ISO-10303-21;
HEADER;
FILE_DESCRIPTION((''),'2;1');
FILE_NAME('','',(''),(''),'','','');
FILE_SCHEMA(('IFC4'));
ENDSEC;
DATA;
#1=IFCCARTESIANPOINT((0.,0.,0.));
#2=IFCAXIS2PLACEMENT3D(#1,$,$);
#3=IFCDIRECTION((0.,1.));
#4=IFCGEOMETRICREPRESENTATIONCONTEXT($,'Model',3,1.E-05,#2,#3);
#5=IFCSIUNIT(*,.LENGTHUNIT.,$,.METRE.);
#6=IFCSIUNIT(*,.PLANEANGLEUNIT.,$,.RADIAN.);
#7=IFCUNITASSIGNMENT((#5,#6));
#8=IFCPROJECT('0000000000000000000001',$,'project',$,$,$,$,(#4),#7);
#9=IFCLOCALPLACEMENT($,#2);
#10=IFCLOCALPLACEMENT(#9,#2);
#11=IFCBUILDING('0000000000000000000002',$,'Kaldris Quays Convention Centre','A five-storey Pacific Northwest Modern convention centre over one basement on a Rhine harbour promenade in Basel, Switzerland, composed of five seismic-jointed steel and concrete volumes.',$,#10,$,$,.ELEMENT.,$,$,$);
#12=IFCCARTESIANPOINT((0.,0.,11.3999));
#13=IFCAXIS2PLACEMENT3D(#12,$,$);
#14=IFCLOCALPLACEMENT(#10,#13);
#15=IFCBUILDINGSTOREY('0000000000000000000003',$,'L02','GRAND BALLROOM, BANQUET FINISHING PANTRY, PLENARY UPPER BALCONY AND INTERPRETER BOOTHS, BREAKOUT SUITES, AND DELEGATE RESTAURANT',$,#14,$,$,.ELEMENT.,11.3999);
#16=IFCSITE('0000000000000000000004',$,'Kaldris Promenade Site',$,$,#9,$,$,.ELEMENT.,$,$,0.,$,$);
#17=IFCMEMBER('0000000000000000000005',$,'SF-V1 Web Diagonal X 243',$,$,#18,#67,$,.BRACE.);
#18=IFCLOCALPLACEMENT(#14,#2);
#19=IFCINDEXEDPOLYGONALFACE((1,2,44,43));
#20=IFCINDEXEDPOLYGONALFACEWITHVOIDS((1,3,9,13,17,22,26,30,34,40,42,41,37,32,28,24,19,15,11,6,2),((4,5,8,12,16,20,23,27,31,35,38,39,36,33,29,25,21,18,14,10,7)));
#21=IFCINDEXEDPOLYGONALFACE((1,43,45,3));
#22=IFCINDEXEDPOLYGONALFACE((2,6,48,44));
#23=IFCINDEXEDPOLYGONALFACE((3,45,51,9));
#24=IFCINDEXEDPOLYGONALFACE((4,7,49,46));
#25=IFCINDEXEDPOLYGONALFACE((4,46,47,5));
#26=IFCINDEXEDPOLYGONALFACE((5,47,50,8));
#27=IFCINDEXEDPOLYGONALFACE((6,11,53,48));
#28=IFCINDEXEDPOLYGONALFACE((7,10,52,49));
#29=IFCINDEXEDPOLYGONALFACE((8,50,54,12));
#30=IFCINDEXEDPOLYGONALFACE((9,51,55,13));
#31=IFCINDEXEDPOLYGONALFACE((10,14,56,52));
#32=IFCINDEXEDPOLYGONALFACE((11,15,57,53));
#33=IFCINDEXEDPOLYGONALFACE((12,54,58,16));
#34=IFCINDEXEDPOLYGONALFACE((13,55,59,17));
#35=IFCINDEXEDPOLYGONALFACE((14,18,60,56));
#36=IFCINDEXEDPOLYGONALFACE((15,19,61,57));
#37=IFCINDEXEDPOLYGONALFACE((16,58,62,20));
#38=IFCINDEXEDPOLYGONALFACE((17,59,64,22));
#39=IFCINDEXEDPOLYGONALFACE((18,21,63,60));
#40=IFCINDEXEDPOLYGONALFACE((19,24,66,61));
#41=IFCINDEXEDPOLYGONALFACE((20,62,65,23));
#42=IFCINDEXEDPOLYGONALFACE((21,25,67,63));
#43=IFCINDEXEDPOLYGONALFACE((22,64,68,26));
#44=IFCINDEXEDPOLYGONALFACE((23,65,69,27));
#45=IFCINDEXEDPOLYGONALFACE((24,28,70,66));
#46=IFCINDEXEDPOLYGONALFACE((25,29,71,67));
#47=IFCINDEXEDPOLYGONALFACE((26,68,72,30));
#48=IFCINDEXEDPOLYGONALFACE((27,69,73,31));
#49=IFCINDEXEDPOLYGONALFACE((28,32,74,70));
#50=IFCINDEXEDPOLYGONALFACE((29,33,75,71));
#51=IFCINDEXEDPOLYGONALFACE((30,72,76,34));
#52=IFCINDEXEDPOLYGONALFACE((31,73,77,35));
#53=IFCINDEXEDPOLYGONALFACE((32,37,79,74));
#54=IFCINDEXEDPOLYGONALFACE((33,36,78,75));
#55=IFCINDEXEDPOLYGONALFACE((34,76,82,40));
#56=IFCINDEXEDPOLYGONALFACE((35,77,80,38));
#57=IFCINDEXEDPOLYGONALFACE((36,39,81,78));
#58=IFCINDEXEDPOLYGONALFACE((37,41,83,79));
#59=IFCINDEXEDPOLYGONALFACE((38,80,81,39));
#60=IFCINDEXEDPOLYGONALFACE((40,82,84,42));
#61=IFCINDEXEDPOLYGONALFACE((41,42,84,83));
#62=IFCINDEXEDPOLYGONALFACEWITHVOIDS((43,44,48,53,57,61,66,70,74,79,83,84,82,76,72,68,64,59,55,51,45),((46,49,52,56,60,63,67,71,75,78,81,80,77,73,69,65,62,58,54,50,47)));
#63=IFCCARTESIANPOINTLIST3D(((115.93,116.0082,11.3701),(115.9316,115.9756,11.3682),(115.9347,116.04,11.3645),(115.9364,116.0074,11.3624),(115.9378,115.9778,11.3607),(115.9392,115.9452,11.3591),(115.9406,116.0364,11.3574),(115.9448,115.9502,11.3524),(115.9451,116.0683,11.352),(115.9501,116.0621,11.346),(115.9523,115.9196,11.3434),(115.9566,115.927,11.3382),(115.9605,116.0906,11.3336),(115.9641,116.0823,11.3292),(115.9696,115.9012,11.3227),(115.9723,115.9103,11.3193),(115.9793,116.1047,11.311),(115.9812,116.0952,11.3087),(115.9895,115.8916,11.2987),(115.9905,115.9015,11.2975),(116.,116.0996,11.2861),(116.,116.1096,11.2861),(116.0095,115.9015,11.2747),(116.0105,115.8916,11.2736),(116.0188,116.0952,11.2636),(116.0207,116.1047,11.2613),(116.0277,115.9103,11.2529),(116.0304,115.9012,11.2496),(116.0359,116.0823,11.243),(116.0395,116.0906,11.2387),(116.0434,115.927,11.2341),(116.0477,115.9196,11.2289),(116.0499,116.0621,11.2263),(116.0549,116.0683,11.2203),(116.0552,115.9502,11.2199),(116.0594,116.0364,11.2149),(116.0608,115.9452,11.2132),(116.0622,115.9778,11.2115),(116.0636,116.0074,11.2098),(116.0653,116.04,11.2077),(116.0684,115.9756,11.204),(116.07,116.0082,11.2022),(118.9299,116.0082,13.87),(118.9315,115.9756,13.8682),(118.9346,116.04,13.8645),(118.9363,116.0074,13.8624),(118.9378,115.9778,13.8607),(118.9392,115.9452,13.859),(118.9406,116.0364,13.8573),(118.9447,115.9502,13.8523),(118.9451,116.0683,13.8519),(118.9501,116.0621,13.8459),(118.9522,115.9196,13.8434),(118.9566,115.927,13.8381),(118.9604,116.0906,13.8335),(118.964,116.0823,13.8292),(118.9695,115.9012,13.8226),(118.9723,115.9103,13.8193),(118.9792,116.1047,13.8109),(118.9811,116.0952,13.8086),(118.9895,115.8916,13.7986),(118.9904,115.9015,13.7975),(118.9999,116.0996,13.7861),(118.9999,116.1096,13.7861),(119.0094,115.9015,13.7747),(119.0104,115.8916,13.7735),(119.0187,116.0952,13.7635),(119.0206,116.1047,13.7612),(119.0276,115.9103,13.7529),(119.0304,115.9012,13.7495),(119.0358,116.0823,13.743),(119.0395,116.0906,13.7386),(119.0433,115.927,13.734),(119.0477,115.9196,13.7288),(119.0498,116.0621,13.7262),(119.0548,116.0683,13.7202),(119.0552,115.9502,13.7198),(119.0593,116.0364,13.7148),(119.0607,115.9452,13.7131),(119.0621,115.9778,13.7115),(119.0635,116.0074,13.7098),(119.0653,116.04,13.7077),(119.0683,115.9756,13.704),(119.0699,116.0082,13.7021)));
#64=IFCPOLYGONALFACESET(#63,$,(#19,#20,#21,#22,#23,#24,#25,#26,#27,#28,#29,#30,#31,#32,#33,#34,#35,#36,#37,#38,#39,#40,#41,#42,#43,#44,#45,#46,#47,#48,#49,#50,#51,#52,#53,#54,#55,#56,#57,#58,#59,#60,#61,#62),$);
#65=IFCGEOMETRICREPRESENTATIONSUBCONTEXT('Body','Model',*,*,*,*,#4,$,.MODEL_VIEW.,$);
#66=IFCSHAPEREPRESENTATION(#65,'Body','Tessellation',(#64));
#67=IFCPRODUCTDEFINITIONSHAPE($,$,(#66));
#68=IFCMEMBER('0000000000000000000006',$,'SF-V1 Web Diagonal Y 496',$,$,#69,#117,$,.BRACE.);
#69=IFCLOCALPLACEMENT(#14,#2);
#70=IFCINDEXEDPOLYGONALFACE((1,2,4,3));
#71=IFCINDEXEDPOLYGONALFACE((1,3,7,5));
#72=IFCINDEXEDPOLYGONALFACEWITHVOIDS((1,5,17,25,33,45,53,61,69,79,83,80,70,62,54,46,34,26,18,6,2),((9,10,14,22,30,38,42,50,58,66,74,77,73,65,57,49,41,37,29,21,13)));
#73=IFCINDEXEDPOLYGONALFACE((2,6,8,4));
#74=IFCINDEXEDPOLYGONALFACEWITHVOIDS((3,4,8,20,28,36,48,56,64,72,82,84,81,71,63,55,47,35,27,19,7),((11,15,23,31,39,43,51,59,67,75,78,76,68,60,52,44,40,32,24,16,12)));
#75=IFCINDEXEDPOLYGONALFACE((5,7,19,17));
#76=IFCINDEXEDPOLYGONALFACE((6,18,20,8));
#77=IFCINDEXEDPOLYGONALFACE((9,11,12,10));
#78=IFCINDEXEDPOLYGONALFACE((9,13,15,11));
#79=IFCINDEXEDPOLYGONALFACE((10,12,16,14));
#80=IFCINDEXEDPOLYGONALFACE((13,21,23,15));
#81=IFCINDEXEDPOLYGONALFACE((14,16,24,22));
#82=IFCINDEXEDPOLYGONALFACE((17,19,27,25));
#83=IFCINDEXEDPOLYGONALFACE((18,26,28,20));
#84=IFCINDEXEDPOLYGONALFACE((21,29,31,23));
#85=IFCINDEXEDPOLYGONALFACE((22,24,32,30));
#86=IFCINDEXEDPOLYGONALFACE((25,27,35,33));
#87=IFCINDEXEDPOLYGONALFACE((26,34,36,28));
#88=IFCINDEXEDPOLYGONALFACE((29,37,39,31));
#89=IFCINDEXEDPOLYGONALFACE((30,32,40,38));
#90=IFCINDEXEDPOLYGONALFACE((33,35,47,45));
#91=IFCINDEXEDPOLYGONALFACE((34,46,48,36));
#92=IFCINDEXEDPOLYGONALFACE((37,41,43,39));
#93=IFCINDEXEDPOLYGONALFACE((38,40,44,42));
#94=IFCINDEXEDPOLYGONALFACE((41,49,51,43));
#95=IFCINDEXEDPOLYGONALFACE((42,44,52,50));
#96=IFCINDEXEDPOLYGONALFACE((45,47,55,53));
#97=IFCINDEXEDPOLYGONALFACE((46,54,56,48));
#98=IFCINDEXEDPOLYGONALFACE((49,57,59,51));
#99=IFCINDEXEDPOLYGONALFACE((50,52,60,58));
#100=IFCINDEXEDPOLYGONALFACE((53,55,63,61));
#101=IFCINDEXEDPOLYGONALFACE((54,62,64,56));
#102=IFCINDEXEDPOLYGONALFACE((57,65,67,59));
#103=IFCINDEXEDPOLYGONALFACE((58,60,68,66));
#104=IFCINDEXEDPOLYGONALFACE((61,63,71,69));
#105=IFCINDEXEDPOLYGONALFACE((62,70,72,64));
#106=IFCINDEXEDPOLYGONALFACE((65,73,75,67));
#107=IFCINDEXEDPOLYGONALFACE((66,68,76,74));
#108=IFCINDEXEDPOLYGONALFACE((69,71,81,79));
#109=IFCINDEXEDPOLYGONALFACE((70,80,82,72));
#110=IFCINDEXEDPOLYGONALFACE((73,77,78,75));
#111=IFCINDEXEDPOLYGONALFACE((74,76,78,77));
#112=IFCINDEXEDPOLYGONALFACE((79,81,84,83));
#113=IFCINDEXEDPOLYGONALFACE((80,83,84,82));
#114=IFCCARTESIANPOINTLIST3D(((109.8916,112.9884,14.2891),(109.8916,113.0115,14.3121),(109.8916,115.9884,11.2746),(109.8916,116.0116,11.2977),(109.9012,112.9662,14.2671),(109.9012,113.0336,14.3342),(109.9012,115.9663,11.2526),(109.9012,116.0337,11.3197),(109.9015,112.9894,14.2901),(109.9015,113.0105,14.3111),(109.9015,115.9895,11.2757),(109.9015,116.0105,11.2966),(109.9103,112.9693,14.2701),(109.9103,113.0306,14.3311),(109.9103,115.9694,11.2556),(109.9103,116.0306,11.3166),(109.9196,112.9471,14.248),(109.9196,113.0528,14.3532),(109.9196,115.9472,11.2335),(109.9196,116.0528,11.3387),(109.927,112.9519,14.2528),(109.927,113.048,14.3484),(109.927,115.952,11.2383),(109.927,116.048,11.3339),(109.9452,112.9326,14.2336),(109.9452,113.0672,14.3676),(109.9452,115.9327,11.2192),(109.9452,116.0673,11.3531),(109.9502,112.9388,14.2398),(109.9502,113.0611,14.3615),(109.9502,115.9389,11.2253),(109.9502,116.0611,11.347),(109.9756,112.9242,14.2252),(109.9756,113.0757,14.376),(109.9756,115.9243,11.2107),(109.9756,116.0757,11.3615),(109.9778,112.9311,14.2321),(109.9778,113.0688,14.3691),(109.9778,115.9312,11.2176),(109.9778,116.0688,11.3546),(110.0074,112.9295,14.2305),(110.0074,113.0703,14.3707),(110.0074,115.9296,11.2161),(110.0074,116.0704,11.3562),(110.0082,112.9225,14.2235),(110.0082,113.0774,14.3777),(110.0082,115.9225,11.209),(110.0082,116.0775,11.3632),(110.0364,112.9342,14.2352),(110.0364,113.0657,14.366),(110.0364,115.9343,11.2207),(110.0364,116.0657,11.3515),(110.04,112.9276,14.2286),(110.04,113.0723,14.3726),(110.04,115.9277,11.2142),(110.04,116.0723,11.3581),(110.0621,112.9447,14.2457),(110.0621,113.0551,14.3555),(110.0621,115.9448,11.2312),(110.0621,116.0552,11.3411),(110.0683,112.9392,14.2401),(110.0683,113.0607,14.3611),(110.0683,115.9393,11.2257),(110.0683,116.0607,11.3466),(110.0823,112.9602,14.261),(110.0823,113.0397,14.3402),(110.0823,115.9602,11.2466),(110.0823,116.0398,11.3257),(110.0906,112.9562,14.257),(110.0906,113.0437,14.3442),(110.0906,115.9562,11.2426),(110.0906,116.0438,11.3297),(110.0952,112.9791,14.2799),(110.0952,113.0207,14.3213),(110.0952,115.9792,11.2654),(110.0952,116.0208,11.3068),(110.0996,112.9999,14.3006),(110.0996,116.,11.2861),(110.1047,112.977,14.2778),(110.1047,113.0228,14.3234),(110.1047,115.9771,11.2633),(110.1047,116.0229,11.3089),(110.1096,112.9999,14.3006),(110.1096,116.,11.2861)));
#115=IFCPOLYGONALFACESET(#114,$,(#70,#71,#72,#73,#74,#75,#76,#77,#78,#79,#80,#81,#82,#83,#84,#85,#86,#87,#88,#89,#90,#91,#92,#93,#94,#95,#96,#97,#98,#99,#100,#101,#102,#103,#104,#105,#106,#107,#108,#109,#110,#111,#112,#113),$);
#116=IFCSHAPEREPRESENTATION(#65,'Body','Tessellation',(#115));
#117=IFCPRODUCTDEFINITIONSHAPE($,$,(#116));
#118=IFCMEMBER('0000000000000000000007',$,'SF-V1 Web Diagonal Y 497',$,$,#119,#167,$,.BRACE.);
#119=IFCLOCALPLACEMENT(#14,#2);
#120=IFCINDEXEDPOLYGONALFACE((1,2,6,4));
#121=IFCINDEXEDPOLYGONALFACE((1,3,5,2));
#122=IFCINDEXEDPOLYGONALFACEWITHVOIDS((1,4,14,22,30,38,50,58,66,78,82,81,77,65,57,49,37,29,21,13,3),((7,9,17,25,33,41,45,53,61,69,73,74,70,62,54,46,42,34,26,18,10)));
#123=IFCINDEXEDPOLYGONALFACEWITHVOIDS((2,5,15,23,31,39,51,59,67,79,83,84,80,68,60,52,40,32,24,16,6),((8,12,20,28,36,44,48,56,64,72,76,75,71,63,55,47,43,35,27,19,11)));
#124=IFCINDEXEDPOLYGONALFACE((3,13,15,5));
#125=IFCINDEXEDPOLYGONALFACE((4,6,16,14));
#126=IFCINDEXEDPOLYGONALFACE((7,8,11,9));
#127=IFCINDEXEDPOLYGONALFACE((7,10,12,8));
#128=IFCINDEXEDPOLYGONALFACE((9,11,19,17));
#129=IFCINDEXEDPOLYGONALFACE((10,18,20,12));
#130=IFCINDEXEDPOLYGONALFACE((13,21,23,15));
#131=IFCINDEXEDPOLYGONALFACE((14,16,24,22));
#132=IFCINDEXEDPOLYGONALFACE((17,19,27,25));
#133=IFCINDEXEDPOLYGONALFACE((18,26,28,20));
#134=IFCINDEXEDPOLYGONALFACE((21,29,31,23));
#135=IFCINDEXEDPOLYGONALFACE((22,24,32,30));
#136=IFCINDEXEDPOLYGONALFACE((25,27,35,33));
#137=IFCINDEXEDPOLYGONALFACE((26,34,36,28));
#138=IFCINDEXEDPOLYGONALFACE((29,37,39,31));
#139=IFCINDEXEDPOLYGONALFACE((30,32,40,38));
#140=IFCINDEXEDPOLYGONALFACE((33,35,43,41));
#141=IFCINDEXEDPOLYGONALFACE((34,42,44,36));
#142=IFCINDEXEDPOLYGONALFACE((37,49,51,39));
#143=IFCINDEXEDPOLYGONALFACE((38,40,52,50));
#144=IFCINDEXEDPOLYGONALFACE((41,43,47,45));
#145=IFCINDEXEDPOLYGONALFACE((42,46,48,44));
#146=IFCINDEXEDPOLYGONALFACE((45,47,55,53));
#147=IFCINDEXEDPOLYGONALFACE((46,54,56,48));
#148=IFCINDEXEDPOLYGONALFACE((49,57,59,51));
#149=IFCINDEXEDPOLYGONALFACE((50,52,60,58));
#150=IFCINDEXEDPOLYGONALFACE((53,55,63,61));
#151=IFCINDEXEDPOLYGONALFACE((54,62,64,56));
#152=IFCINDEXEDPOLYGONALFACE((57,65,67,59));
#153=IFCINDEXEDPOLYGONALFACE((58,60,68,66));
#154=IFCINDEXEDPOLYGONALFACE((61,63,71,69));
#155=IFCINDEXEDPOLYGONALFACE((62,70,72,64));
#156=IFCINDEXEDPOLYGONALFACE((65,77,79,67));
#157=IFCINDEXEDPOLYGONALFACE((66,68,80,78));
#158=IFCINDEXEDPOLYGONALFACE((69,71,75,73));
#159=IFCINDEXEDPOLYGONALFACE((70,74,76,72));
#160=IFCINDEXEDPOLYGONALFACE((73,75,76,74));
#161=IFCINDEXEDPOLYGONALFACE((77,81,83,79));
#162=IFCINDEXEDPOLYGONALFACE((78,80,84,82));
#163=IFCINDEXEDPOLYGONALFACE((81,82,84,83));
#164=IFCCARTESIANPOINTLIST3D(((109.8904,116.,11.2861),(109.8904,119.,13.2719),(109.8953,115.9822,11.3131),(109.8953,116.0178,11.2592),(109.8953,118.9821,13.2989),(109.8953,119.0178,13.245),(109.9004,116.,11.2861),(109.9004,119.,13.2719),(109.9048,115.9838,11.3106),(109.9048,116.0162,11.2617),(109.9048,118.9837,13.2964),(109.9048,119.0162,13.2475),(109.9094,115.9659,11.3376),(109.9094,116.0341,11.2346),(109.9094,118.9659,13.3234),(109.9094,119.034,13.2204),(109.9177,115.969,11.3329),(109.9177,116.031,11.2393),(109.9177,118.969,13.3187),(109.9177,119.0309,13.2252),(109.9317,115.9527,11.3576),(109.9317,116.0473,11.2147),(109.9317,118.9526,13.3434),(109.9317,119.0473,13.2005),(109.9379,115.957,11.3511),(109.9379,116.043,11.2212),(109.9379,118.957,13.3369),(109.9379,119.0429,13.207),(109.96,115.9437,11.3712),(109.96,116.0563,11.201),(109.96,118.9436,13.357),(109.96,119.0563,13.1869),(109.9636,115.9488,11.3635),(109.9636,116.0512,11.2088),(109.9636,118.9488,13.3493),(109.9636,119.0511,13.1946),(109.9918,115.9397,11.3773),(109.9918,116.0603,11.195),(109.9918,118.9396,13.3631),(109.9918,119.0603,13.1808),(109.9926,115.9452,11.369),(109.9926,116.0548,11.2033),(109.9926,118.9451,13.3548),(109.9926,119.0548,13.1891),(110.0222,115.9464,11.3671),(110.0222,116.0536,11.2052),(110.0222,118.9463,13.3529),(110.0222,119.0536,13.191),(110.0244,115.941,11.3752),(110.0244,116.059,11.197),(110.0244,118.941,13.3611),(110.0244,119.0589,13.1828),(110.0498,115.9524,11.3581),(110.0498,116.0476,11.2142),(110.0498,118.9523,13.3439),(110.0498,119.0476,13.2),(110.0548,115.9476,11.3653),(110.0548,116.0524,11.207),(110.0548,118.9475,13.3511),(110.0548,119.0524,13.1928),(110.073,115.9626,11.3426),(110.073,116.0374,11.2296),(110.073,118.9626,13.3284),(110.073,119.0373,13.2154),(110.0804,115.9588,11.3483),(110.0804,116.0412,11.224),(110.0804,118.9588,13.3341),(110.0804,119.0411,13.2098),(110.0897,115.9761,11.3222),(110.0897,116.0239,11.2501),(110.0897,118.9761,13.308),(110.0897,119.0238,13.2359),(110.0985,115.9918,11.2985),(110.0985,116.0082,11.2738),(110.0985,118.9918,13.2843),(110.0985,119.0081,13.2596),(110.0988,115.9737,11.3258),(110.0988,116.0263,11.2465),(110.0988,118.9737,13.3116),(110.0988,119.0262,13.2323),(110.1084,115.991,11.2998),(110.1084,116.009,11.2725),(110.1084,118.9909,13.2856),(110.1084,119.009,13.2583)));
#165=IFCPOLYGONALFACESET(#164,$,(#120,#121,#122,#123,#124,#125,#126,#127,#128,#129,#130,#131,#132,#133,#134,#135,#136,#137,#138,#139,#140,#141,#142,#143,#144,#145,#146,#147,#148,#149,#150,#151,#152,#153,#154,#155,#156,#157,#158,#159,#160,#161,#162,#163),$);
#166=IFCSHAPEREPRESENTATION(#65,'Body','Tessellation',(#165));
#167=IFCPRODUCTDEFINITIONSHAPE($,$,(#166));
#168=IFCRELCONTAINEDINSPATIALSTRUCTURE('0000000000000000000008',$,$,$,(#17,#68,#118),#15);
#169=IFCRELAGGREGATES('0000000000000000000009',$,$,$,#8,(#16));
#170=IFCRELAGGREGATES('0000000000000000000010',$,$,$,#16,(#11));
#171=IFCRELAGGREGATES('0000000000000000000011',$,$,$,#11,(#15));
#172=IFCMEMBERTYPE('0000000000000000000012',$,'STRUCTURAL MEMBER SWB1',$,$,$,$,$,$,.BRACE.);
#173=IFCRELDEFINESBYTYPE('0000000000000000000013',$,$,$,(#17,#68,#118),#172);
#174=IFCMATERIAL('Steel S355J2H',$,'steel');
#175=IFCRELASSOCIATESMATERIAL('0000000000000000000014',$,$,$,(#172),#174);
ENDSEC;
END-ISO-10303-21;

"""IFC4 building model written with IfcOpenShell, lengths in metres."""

from ifc_helpers import new_model, si_unit, direction, frame, origin, origin_2d, place, context, subcontext, project, spatial, hollow_circle, extrude, material, material_profile, profile_set, type_object, element, save


model = new_model("IFC4")

# Units and contexts
model_context = context("Model", 3, precision=1e-05, world=origin(), true_north=direction((0.0, 1.0)))
body_context = subcontext(model_context, "Body", "Model", "MODEL_VIEW")
ifc_project = project(units=[si_unit("LENGTHUNIT", "METRE"), si_unit("PLANEANGLEUNIT", "RADIAN")], contexts=[model_context])

# Site, building, storey
site_placement = place(None, origin())
site = spatial("IfcSite", under=ifc_project, at=site_placement, Name="Kaldris Promenade Site", CompositionType="ELEMENT", RefElevation=0.0)
building_placement = place(site_placement, origin())
building = spatial("IfcBuilding", under=site, at=building_placement, Name="Kaldris Quays Convention Centre", Description="A five-storey Pacific Northwest Modern convention centre over one basement on a Rhine harbour promenade in Basel, Switzerland, composed of five seismic-jointed steel and concrete volumes.", CompositionType="ELEMENT")
storey_placement = place(building_placement, frame((0.0, 0.0, 11.3999)))
storey = spatial("IfcBuildingStorey", under=building, at=storey_placement, Name="L02", Description="GRAND BALLROOM, BANQUET FINISHING PANTRY, PLENARY UPPER BALCONY AND INTERPRETER BOOTHS, BREAKOUT SUITES, AND DELEGATE RESTAURANT", CompositionType="ELEMENT", Elevation=11.3999)

# Members
ifc_material_1 = material(Name="Steel S355J2H", Category="steel")
ifc_material_profile_1 = material_profile(ifc_material_1, hollow_circle(Radius=0.1096, WallThickness=0.01, at=origin_2d()), Name="CHS 219.1x10")
ifc_profile_set_1 = profile_set([ifc_material_profile_1], Name="Steel S355J2H")
member_type_1 = type_object("IfcMemberType", Name="STRUCTURAL MEMBER SWB1", PredefinedType="BRACE", material=ifc_profile_set_1)
for number, where, z_axis, x_axis, name in (
    (1, (116.0, 116.0, 11.2861), (0.768221, 0.0, 0.640184), (0.0, 1.0, 0.0), "SF-V1 Web Diagonal X 243"),
):
    element("IfcMember", number, at=place(storey_placement, frame(where, z_axis=z_axis, x_axis=x_axis)), inside=storey, type_object=member_type_1, Name=name, PredefinedType="BRACE", context=body_context, shape_type="SweptSolid", body=[
        extrude(hollow_circle(Radius=0.1096, WallThickness=0.01, at=origin_2d()), origin(), (0.0, 0.0, 1.0), 3.905),
    ])
member_1_placement = place(storey_placement, frame((110.0, 116.0, 11.2861), z_axis=(0.0, -0.705411, 0.708798), x_axis=(1.0, 0.0, 0.0)))
element("IfcMember", 2, at=member_1_placement, inside=storey, type_object=member_type_1, Name="SF-V1 Web Diagonal Y 496", PredefinedType="BRACE", context=body_context, shape_type="SweptSolid", body=[
    extrude(hollow_circle(Radius=0.1096, WallThickness=0.01, at=origin_2d()), origin(), (0.0, 0.0, 1.0), 4.2529),
])
member_2_placement = place(storey_placement, frame((110.0, 116.0, 11.2861), z_axis=(0.0, 0.833862, 0.551972), x_axis=(-1.0, 0.0, 0.0)))
element("IfcMember", 3, at=member_2_placement, inside=storey, type_object=member_type_1, Name="SF-V1 Web Diagonal Y 497", PredefinedType="BRACE", context=body_context, shape_type="SweptSolid", body=[
    extrude(hollow_circle(Radius=0.1096, WallThickness=0.01, at=origin_2d()), origin(), (0.0, 0.0, 1.0), 3.5977),
])

save(model, "model.ifc")
